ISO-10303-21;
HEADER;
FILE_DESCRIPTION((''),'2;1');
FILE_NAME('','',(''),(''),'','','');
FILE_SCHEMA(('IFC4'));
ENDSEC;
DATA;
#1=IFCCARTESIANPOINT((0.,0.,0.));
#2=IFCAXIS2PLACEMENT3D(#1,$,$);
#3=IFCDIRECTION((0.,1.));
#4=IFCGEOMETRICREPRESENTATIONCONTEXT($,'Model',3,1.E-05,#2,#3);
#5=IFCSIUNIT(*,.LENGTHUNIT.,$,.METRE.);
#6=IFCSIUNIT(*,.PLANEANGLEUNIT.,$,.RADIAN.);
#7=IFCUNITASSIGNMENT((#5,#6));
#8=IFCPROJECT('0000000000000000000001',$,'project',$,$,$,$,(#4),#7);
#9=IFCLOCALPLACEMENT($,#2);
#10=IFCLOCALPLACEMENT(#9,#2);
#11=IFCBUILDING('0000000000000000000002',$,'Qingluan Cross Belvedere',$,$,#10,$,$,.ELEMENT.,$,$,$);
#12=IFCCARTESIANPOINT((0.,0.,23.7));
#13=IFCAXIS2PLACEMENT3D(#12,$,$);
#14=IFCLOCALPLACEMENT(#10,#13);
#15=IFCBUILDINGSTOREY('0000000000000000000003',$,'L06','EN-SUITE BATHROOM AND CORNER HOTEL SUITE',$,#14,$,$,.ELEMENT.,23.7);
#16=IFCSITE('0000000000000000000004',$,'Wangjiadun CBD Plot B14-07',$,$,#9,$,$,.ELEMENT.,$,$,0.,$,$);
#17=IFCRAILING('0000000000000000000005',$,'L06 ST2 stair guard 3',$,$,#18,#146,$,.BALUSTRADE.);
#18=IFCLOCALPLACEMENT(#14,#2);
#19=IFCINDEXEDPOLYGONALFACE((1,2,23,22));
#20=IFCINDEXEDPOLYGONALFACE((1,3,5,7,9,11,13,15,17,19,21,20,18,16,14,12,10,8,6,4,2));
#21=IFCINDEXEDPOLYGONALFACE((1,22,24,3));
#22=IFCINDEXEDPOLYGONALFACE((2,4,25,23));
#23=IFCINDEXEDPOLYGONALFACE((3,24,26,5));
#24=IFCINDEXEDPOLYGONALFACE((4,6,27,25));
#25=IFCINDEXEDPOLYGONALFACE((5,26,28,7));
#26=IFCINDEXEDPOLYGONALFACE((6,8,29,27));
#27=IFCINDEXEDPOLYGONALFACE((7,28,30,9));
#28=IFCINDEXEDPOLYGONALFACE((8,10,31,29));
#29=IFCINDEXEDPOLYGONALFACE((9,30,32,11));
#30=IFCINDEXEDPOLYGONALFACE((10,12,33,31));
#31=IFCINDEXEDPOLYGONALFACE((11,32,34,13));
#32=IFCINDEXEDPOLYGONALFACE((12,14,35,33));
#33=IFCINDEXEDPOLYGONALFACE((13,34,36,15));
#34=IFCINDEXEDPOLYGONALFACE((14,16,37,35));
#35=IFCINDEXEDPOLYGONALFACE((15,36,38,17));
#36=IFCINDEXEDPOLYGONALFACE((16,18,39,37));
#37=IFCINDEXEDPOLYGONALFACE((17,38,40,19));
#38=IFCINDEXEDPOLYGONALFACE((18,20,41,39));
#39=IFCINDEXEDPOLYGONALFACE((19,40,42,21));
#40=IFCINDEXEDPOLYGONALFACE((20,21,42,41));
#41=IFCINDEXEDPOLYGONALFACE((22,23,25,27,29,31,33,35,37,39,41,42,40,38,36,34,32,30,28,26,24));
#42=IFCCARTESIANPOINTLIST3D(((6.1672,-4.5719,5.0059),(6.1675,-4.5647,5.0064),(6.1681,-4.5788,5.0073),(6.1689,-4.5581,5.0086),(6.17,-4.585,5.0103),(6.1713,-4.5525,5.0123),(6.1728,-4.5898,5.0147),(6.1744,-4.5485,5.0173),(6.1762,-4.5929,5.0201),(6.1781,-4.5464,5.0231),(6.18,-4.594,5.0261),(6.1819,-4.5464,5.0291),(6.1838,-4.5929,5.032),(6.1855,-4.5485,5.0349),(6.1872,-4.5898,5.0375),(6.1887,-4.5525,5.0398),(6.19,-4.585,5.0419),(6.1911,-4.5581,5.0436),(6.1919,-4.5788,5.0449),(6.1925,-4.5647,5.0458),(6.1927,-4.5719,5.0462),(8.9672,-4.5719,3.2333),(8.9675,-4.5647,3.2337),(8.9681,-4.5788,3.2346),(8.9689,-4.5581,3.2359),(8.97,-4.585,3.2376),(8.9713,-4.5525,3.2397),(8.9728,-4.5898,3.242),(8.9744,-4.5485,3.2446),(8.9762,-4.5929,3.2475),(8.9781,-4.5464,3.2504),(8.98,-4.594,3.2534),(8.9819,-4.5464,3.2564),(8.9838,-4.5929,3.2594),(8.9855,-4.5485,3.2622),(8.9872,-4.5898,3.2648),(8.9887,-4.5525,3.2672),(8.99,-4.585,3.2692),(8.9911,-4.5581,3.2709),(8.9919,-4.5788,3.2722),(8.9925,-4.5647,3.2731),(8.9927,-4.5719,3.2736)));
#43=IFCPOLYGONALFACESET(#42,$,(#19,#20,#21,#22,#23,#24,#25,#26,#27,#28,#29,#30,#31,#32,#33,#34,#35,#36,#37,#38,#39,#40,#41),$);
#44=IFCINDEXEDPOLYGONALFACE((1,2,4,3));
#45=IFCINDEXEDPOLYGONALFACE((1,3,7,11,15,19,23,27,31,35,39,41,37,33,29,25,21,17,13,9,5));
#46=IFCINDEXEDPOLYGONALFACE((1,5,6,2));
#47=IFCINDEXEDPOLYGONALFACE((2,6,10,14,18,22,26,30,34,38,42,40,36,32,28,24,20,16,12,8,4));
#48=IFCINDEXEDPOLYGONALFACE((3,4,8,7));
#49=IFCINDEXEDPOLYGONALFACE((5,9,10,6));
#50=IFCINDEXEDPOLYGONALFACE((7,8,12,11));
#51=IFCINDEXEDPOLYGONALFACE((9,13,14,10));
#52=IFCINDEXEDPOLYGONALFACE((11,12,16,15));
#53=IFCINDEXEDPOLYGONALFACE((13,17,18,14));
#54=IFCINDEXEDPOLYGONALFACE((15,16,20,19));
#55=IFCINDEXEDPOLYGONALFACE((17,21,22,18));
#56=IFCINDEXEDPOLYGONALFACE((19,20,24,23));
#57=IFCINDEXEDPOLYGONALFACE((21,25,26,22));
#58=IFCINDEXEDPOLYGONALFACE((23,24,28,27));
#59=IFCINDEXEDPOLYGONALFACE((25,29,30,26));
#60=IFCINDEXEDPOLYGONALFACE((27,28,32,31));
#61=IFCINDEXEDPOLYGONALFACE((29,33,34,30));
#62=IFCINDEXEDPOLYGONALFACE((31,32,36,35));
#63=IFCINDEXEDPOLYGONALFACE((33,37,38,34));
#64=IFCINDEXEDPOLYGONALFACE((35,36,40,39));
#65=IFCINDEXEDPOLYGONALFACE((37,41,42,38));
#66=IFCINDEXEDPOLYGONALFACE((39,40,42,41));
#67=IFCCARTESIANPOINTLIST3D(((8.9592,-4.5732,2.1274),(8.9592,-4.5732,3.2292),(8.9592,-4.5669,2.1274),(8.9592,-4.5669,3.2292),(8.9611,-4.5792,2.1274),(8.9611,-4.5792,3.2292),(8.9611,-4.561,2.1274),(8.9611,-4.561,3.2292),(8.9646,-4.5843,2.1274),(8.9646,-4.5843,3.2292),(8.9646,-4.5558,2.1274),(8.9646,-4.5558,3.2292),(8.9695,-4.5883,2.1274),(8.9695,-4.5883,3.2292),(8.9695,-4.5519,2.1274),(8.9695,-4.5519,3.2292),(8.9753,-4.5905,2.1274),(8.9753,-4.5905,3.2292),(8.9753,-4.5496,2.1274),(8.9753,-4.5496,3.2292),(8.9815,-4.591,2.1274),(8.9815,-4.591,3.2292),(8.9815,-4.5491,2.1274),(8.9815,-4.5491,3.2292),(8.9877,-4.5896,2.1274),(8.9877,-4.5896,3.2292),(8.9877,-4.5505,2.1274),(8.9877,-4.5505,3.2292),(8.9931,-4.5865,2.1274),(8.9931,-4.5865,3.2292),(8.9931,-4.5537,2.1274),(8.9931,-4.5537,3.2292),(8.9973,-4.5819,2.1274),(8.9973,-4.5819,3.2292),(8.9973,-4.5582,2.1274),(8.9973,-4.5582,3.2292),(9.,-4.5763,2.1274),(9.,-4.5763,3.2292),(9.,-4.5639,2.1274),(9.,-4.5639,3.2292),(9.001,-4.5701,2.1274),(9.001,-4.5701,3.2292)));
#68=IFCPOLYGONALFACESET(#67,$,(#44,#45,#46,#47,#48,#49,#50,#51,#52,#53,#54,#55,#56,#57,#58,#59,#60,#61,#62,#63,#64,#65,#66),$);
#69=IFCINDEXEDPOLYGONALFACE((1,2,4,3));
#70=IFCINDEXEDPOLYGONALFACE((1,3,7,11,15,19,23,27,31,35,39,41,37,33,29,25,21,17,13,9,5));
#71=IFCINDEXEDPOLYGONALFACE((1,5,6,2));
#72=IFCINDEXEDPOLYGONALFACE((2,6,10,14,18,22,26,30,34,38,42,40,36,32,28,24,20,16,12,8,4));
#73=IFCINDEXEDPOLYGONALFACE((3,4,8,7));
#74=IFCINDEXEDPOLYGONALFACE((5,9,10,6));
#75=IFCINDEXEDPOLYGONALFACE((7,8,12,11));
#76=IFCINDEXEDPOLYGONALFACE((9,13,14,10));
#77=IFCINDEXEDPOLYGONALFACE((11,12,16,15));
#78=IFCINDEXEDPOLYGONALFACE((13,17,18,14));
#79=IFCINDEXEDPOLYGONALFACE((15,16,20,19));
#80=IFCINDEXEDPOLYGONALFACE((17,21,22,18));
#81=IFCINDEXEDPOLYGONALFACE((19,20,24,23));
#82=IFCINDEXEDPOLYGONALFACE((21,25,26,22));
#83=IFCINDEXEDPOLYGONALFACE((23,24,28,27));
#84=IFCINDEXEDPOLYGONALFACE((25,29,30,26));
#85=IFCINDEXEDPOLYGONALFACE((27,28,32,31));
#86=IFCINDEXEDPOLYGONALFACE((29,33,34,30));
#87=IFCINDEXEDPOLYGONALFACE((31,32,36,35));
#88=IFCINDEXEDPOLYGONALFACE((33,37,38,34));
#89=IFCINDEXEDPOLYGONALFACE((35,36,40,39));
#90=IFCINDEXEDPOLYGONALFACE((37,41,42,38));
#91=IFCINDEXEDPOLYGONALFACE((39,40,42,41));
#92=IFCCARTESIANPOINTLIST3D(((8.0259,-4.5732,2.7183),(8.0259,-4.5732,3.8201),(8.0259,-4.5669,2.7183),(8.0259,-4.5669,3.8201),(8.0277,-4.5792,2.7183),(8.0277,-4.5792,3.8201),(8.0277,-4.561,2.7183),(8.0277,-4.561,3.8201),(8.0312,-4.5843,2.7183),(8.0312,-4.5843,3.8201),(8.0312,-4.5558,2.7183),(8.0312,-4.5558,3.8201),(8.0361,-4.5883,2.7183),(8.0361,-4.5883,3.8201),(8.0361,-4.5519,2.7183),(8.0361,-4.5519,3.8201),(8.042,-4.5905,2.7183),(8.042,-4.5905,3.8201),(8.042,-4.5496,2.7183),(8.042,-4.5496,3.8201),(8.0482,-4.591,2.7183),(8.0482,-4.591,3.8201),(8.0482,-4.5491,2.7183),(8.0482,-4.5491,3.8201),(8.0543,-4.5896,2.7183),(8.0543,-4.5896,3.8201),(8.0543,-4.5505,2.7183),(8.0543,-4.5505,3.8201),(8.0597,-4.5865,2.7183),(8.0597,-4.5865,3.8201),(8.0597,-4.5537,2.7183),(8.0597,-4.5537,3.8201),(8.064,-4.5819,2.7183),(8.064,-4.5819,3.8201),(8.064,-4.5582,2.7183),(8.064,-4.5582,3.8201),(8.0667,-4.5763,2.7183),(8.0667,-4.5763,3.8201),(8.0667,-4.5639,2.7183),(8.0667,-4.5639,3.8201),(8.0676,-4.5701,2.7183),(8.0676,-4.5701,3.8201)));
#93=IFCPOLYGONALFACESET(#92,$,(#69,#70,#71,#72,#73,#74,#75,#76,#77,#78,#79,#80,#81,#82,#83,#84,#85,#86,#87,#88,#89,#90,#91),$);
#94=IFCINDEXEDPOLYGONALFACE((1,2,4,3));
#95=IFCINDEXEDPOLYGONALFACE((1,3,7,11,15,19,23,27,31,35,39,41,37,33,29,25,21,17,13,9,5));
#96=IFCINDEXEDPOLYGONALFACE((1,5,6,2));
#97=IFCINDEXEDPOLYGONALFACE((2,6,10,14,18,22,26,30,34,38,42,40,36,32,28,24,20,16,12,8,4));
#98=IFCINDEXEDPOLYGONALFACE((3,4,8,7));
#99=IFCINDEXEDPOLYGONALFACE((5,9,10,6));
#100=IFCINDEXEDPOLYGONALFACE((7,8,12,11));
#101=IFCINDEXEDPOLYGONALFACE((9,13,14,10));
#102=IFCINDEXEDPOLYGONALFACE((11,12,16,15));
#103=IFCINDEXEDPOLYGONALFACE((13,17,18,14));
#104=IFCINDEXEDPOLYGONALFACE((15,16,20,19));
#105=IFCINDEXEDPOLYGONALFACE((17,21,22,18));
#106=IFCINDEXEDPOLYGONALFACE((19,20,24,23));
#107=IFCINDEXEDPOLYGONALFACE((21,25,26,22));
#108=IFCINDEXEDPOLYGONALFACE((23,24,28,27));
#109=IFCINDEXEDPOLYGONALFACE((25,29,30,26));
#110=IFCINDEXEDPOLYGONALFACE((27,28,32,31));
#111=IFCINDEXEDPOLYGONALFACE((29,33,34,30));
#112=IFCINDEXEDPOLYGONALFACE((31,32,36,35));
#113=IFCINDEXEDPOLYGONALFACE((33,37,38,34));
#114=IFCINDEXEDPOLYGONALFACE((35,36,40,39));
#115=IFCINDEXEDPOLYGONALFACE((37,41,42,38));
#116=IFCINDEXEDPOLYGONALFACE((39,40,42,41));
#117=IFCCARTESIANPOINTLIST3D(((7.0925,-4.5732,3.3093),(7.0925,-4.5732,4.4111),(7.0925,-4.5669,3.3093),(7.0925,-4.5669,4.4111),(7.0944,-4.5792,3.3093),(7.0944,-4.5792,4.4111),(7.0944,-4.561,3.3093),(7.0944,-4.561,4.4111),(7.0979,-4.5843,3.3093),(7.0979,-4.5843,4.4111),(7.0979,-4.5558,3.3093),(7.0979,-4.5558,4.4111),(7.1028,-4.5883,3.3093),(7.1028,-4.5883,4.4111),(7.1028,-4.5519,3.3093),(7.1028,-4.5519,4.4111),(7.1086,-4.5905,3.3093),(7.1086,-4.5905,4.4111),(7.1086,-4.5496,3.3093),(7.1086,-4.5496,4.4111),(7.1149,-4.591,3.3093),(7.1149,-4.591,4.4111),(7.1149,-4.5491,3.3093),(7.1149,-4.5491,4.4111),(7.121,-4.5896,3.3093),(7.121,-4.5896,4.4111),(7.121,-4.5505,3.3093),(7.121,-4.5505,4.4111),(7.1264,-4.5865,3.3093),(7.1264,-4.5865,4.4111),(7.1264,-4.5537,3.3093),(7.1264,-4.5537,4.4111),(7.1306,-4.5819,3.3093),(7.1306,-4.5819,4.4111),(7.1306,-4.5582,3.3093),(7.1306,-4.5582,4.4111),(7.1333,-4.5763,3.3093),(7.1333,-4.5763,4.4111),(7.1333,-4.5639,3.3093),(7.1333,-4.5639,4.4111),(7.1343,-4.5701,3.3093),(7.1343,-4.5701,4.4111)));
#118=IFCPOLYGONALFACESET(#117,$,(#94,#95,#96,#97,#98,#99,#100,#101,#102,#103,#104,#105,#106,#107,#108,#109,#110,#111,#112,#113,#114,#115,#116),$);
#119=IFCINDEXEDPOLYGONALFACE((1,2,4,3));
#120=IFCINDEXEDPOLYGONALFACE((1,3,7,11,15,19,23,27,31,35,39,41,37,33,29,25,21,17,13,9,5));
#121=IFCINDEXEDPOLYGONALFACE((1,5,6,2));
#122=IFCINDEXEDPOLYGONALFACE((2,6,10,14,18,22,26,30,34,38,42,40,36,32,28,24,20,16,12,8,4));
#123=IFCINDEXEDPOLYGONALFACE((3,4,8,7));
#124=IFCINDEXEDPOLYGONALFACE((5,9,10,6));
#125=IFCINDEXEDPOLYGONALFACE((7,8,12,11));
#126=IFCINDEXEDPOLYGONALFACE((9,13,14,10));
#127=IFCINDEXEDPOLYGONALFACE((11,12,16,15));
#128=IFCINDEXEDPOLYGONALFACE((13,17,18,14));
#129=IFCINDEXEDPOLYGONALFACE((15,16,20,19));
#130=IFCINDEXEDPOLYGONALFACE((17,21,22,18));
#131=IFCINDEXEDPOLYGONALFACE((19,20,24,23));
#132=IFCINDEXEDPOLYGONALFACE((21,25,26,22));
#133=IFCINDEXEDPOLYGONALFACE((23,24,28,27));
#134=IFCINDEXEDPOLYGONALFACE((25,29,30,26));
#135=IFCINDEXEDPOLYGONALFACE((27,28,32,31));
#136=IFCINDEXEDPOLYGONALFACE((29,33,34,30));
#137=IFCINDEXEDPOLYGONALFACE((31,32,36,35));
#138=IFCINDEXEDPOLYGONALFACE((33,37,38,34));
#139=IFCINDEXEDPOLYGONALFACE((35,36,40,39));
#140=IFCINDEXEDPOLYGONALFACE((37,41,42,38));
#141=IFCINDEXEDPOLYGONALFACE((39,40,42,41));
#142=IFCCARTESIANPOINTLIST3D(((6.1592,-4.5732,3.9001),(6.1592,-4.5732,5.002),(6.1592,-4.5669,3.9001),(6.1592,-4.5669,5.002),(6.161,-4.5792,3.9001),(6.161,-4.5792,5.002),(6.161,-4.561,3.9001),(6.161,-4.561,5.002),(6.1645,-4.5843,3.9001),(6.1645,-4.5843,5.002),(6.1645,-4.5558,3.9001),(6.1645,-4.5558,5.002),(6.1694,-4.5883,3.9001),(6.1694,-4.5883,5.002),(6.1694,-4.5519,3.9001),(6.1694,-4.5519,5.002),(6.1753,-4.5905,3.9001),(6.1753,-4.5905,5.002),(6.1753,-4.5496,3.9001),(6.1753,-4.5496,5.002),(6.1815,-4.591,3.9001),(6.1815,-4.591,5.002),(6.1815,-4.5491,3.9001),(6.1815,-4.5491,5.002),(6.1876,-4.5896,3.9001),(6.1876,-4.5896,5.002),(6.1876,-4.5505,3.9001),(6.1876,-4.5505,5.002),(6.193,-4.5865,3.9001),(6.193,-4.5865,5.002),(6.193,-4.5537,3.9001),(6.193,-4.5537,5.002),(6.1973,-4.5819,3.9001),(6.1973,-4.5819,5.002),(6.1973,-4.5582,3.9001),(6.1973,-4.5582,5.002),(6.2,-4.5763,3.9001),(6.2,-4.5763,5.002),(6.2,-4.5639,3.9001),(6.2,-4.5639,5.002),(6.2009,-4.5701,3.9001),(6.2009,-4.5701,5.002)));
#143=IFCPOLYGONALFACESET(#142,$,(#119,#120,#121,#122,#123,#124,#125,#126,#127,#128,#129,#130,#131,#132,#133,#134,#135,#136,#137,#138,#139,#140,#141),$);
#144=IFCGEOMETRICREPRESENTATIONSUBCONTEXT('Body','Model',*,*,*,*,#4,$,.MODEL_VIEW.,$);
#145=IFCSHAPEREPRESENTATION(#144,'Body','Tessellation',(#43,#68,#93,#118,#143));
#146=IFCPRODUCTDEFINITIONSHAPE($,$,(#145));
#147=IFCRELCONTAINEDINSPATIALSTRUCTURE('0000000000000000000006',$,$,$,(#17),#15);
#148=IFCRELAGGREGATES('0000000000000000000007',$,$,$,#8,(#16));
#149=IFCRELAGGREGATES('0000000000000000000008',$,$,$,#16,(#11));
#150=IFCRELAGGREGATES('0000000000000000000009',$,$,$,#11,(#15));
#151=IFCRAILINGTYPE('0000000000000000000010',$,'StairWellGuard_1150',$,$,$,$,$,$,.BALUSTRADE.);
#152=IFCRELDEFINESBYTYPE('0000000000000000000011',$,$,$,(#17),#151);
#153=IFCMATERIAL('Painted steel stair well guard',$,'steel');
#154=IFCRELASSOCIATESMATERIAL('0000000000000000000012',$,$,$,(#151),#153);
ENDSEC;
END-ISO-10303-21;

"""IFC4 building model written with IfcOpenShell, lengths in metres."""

from ifc_helpers import new_model, si_unit, direction, frame, origin, origin_2d, place, context, subcontext, project, spatial, circle, extrude, material, type_object, element, save


model = new_model("IFC4")

# Units and contexts
model_context = context("Model", 3, precision=1e-05, world=origin(), true_north=direction((0.0, 1.0)))
body_context = subcontext(model_context, "Body", "Model", "MODEL_VIEW")
ifc_project = project(units=[si_unit("LENGTHUNIT", "METRE"), si_unit("PLANEANGLEUNIT", "RADIAN")], contexts=[model_context])

# Site, building, storey
site_placement = place(None, origin())
site = spatial("IfcSite", under=ifc_project, at=site_placement, Name="Wangjiadun CBD Plot B14-07", CompositionType="ELEMENT", RefElevation=0.0)
building_placement = place(site_placement, origin())
building = spatial("IfcBuilding", under=site, at=building_placement, Name="Qingluan Cross Belvedere", CompositionType="ELEMENT")
storey_placement = place(building_placement, frame((0.0, 0.0, 23.7)))
storey = spatial("IfcBuildingStorey", under=building, at=storey_placement, Name="L06", Description="EN-SUITE BATHROOM AND CORNER HOTEL SUITE", CompositionType="ELEMENT", Elevation=23.7)

# Railing
ifc_material_1 = material(Name="Painted steel stair well guard", Category="steel")
railing_type_1 = type_object("IfcRailingType", Name="StairWellGuard_1150", PredefinedType="BALUSTRADE", material=ifc_material_1)
railing_1_placement = place(storey_placement, frame((8.98, -4.5701, 2.1274)))
element("IfcRailing", 1, at=railing_1_placement, inside=storey, type_object=railing_type_1, Name="L06 ST2 stair guard 3", PredefinedType="BALUSTRADE", context=body_context, shape_type="SweptSolid", body=[
    extrude(circle(Radius=0.0239, at=origin_2d()), frame((0.0, 0.0, 1.126), z_axis=(-0.844909, 0.0, 0.53491), x_axis=(0.0, -1.0, 0.0)), (0.0, 0.0, 1.0), 3.314),
    extrude(circle(Radius=0.021, at=origin_2d()), origin(), (0.0, 0.0, 1.0), 1.1018),
    extrude(circle(Radius=0.021, at=origin_2d()), frame((-0.9333, 0.0, 0.5908)), (0.0, 0.0, 1.0), 1.1018),
    extrude(circle(Radius=0.021, at=origin_2d()), frame((-1.8667, 0.0, 1.1819)), (0.0, 0.0, 1.0), 1.1018),
    extrude(circle(Radius=0.021, at=origin_2d()), frame((-2.8, 0.0, 1.7727)), (0.0, 0.0, 1.0), 1.1018),
])

save(model, "model.ifc")
